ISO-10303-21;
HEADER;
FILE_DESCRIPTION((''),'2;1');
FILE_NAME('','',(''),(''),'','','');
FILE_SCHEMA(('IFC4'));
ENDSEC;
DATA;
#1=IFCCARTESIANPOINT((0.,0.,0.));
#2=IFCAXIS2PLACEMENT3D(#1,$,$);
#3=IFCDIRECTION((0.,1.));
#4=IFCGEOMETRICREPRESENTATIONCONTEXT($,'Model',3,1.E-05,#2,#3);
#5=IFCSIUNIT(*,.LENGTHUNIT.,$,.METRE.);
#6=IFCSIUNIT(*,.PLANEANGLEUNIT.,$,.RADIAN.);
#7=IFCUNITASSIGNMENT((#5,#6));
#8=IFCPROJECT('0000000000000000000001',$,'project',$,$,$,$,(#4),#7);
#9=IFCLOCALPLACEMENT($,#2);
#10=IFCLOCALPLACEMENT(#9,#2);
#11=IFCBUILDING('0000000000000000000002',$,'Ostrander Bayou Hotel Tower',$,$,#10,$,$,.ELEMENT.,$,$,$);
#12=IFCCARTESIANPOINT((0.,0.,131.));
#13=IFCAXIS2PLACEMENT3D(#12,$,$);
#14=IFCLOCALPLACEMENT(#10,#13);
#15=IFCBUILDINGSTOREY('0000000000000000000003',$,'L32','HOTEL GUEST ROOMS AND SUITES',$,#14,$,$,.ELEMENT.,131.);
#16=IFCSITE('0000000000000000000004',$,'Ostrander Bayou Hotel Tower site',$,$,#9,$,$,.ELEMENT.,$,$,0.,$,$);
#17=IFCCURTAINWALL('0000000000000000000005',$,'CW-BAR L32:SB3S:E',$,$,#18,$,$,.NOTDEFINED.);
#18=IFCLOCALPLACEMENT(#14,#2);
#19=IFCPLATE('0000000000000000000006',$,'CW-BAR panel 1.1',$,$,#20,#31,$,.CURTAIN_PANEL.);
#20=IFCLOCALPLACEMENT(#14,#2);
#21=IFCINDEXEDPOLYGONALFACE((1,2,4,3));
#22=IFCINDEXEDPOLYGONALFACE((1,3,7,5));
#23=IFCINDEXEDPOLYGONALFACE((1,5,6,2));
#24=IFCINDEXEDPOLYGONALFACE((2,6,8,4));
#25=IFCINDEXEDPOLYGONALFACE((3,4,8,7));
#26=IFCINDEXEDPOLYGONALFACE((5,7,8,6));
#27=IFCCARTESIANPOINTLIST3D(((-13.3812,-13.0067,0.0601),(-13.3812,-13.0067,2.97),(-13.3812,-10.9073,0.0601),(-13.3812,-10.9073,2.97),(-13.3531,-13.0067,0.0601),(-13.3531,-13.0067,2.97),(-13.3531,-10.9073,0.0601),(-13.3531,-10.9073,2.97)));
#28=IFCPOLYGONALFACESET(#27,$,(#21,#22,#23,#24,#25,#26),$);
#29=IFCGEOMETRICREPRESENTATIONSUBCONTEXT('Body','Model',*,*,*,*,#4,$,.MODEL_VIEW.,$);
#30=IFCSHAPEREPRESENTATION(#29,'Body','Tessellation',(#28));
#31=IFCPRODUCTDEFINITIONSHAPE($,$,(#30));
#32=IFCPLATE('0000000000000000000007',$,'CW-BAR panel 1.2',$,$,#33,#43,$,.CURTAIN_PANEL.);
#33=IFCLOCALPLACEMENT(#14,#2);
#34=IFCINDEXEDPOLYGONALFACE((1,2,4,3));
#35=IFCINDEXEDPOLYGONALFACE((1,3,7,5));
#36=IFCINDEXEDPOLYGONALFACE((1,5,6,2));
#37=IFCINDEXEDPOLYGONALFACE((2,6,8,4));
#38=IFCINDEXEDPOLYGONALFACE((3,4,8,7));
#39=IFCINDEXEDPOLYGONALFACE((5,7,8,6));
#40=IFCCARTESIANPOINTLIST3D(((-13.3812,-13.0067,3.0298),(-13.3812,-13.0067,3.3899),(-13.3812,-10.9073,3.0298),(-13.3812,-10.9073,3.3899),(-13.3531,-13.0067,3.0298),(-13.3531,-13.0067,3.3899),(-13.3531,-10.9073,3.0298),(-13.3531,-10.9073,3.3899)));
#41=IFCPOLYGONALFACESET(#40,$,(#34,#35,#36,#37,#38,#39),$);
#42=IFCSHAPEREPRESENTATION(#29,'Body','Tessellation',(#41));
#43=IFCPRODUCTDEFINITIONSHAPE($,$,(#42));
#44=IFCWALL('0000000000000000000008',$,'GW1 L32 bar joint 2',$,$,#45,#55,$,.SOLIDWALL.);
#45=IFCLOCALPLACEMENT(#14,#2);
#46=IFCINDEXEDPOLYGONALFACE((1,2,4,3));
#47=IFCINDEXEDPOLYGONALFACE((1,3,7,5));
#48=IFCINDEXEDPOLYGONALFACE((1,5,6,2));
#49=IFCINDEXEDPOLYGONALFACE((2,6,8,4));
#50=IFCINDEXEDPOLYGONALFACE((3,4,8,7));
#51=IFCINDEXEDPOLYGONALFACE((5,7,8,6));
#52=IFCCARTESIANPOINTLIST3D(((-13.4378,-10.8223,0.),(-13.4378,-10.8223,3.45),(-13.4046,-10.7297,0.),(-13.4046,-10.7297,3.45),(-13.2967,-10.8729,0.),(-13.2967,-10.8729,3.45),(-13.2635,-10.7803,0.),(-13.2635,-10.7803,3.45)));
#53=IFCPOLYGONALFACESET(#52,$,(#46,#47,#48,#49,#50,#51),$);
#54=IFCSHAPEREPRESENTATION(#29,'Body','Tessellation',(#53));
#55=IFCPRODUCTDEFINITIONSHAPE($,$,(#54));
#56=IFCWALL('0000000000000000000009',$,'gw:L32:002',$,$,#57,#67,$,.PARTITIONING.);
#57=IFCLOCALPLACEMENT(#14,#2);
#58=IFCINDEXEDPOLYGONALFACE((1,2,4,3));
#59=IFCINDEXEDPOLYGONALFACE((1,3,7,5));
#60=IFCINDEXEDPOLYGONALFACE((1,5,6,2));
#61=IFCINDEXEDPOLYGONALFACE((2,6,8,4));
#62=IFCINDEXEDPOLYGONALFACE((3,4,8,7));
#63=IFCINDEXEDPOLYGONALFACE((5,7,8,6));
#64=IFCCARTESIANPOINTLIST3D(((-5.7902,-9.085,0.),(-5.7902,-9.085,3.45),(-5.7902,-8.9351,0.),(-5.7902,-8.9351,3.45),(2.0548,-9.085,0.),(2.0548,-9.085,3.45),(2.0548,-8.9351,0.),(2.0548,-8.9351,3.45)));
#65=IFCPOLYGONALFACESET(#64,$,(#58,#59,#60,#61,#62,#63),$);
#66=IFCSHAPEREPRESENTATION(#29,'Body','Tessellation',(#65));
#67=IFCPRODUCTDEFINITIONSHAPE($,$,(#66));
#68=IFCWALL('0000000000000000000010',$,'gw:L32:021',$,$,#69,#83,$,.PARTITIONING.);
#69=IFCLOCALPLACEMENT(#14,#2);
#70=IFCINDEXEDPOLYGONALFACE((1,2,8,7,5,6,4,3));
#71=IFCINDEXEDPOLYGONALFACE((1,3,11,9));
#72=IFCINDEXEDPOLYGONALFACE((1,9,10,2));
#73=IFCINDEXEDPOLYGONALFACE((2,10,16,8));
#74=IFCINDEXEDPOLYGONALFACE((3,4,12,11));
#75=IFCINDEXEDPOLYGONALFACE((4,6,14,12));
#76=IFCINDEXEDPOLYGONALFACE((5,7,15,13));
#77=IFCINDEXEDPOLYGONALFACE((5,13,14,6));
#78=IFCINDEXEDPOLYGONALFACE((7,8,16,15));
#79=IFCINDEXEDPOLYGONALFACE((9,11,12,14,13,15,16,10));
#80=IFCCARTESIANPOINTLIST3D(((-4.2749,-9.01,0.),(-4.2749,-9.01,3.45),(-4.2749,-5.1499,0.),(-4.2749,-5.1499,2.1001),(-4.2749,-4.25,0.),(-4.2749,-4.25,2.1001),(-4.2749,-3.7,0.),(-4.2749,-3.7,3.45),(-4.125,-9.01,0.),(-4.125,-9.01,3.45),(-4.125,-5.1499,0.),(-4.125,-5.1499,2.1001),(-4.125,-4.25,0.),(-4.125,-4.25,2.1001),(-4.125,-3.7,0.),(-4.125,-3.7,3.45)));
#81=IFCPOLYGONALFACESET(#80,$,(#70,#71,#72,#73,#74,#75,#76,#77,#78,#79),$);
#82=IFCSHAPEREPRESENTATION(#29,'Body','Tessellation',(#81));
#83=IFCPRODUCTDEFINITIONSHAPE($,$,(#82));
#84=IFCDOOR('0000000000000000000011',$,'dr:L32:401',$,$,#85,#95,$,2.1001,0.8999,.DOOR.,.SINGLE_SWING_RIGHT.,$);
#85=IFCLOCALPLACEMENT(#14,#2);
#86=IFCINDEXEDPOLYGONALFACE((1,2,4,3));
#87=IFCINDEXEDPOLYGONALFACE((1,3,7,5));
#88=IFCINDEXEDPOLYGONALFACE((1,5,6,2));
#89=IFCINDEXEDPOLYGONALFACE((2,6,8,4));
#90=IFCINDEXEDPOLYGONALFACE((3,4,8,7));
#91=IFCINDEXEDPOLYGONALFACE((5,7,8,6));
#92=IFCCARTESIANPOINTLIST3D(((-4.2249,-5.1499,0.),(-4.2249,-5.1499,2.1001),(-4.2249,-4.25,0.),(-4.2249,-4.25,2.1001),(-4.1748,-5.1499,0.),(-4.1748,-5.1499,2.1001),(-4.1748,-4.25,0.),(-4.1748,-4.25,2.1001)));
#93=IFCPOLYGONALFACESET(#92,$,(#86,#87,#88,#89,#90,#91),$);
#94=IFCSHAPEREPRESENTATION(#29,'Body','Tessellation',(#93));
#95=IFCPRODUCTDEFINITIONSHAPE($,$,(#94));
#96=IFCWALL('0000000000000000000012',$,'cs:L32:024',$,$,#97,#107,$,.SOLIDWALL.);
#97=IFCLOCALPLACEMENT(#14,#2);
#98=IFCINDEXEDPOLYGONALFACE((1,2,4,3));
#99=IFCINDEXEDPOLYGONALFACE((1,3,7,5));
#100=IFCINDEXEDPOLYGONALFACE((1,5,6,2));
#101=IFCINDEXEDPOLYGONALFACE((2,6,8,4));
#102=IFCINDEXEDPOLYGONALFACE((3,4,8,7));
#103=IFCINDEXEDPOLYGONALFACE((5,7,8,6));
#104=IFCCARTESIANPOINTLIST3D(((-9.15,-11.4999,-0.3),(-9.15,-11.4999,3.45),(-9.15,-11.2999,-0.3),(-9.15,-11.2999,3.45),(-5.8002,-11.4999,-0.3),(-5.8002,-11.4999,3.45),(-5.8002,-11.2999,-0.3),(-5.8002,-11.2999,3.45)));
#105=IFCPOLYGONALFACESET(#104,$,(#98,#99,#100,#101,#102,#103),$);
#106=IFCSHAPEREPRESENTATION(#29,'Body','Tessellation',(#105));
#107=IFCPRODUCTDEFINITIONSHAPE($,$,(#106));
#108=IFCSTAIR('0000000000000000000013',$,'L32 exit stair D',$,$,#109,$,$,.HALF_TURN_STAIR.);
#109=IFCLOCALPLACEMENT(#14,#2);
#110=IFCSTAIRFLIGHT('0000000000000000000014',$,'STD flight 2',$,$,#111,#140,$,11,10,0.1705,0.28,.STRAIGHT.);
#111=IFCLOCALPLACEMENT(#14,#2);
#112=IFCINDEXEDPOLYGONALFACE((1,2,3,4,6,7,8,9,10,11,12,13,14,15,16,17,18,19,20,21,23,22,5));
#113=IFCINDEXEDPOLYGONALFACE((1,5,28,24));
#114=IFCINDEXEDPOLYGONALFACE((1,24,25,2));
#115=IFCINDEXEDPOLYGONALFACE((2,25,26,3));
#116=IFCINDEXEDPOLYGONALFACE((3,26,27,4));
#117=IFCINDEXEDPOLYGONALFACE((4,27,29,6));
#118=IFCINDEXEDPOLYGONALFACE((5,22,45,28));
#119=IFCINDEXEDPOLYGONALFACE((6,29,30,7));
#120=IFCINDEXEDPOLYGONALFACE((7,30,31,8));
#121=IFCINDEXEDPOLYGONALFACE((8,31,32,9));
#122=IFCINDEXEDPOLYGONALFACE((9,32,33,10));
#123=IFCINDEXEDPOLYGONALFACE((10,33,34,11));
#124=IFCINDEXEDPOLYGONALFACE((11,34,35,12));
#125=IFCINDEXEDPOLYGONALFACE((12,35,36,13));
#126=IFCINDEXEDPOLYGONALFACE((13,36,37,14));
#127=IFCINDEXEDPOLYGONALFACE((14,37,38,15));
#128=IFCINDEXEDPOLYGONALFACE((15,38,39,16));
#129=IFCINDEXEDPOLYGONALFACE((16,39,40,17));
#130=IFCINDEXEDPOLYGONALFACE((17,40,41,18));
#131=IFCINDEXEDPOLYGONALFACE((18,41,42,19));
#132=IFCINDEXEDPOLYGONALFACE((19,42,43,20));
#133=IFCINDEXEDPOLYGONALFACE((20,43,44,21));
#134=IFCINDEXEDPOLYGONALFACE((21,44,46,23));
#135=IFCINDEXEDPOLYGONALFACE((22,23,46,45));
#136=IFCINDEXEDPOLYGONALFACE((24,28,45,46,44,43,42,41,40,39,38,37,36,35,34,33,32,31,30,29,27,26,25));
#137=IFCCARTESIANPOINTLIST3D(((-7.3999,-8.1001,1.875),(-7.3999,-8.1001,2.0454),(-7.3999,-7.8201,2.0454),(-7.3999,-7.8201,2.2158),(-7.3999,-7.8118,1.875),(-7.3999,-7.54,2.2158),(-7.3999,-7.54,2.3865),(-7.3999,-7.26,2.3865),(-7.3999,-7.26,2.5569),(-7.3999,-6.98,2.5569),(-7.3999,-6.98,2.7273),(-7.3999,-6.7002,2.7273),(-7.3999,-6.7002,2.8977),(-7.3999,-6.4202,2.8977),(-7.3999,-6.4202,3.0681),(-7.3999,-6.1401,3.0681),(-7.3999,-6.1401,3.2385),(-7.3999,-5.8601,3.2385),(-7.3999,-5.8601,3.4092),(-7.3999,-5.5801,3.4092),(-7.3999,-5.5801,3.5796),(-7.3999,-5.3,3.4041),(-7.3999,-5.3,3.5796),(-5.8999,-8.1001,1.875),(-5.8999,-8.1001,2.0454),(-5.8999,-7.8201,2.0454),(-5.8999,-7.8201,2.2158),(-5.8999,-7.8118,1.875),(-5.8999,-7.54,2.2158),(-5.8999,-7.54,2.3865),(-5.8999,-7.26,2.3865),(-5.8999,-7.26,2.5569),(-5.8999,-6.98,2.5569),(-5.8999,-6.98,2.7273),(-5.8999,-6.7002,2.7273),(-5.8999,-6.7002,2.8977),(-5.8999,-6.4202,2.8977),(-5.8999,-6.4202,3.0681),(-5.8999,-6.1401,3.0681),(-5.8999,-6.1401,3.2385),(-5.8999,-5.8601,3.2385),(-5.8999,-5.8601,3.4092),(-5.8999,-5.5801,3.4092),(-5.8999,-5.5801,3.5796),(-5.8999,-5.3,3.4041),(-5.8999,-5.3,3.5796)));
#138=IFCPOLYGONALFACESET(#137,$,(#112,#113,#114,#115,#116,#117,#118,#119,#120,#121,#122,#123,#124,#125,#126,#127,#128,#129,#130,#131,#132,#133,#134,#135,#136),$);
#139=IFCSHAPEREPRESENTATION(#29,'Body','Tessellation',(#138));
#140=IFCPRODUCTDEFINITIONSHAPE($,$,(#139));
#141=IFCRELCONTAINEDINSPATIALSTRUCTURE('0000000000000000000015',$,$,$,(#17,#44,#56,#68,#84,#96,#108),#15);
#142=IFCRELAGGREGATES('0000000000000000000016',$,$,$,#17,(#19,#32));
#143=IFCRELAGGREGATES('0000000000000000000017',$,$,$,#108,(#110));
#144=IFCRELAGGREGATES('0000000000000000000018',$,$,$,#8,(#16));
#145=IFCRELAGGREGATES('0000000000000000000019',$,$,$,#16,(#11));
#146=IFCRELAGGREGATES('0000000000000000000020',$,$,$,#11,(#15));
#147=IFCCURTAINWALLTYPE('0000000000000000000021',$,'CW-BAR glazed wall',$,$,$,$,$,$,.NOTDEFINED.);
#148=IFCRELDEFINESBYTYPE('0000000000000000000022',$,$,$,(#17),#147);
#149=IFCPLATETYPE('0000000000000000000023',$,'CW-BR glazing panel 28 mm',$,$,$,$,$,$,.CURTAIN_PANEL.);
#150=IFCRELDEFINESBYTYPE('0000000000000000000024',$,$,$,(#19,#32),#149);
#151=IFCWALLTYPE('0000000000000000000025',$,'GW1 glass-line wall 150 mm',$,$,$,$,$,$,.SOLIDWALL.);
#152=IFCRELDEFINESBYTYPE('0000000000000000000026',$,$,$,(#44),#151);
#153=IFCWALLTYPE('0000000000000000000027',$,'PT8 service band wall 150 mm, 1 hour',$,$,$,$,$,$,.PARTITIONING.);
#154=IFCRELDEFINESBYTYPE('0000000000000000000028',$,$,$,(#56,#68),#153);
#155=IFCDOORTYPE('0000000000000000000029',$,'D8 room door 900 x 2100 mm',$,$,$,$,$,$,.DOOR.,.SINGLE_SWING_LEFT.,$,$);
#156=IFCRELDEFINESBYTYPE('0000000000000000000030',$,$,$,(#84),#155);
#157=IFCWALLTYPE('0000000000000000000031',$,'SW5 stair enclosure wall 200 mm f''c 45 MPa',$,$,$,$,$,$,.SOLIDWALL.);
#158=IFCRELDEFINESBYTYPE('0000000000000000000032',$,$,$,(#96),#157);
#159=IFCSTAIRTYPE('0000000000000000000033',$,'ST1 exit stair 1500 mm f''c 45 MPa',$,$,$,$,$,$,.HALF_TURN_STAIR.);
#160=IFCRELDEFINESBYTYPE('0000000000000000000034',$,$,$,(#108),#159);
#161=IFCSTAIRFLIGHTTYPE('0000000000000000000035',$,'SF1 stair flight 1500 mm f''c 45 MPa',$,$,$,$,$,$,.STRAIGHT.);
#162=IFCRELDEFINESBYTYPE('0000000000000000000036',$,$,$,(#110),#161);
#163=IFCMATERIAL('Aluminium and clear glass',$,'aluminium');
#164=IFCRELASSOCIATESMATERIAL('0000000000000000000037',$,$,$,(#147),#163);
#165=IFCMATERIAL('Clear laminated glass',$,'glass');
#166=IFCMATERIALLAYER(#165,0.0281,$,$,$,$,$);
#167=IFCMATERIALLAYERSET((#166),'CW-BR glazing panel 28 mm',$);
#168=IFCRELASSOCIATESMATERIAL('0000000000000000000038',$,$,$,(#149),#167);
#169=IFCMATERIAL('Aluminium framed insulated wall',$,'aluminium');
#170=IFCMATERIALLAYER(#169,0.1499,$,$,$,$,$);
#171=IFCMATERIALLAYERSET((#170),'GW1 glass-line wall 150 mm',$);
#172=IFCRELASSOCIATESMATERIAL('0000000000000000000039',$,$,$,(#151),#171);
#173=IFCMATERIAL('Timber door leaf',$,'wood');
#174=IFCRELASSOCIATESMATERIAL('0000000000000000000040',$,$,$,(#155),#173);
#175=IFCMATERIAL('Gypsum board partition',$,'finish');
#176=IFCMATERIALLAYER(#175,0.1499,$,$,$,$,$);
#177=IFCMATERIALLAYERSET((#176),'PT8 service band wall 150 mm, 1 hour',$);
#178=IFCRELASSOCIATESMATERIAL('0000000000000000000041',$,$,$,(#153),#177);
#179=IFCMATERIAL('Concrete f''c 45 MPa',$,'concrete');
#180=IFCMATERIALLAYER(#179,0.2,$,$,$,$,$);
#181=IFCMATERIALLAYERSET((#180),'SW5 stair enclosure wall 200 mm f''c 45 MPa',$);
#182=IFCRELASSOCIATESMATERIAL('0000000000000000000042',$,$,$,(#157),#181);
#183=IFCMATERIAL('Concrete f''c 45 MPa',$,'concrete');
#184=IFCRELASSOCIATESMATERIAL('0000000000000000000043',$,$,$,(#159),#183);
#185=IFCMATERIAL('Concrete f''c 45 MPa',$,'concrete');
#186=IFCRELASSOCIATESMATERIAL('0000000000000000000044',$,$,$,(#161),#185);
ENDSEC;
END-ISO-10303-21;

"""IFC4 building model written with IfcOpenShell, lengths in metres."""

from ifc_helpers import new_model, si_unit, direction, frame, frame_2d, origin, origin_2d, place, context, subcontext, project, spatial, polyline, rectangle, outline, extrude, material, layer, layer_set, type_object, element, fill, aggregate, save


model = new_model("IFC4")

# Units and contexts
model_context = context("Model", 3, precision=1e-05, world=origin(), true_north=direction((0.0, 1.0)))
body_context = subcontext(model_context, "Body", "Model", "MODEL_VIEW")
ifc_project = project(units=[si_unit("LENGTHUNIT", "METRE"), si_unit("PLANEANGLEUNIT", "RADIAN")], contexts=[model_context])

# Site, building, storey
site_placement = place(None, origin())
site = spatial("IfcSite", under=ifc_project, at=site_placement, Name="Ostrander Bayou Hotel Tower site", CompositionType="ELEMENT", RefElevation=0.0)
building_placement = place(site_placement, origin())
building = spatial("IfcBuilding", under=site, at=building_placement, Name="Ostrander Bayou Hotel Tower", CompositionType="ELEMENT")
storey_placement = place(building_placement, frame((0.0, 0.0, 131.0)))
storey = spatial("IfcBuildingStorey", under=building, at=storey_placement, Name="L32", Description="HOTEL GUEST ROOMS AND SUITES", CompositionType="ELEMENT", Elevation=131.0)

# Curtain wall, plates
ifc_material_1 = material(Name="Aluminium and clear glass", Category="aluminium")
curtain_wall_type = type_object("IfcCurtainWallType", Name="CW-BAR glazed wall", PredefinedType="NOTDEFINED", material=ifc_material_1)
curtain_wall_placement = place(storey_placement, origin())
curtain_wall = element("IfcCurtainWall", 1, at=curtain_wall_placement, inside=storey, type_object=curtain_wall_type, Name="CW-BAR L32:SB3S:E", PredefinedType="NOTDEFINED")
ifc_material_2 = material(Name="Clear laminated glass", Category="glass")
ifc_layer_1 = layer(ifc_material_2, 0.0281)
ifc_layer_set_1 = layer_set([ifc_layer_1], Name="CW-BR glazing panel 28 mm")
plate_type = type_object("IfcPlateType", Name="CW-BR glazing panel 28 mm", PredefinedType="CURTAIN_PANEL", material=ifc_layer_set_1)
plate_1_placement = place(storey_placement, frame((-13.3672, -11.957, 0.0601), z_axis=(0.0, 0.0, 1.0), x_axis=(0.0, -1.0, 0.0)))
plate_1 = element("IfcPlate", 2, at=plate_1_placement, type_object=plate_type, Name="CW-BAR panel 1.1", PredefinedType="CURTAIN_PANEL", context=body_context, shape_type="SweptSolid", body=[
    extrude(rectangle(XDim=2.0994, YDim=0.0281, at=origin_2d()), origin(), (0.0, 0.0, 1.0), 2.9099),
])
plate_2_placement = place(storey_placement, frame((-13.3672, -11.957, 3.0298), z_axis=(0.0, 0.0, 1.0), x_axis=(0.0, -1.0, 0.0)))
plate_2 = element("IfcPlate", 3, at=plate_2_placement, type_object=plate_type, Name="CW-BAR panel 1.2", PredefinedType="CURTAIN_PANEL", context=body_context, shape_type="SweptSolid", body=[
    extrude(rectangle(XDim=2.0994, YDim=0.0281, at=origin_2d()), origin(), (0.0, 0.0, 1.0), 0.3601),
])
aggregate(curtain_wall, [plate_1, plate_2])

# Wall
ifc_material_3 = material(Name="Aluminium framed insulated wall", Category="aluminium")
ifc_layer_2 = layer(ifc_material_3, 0.1499)
ifc_layer_set_2 = layer_set([ifc_layer_2], Name="GW1 glass-line wall 150 mm")
wall_type_1 = type_object("IfcWallType", Name="GW1 glass-line wall 150 mm", PredefinedType="SOLIDWALL", material=ifc_layer_set_2)
wall_1_placement = place(storey_placement, frame((-13.334, -10.7549, 0.0), z_axis=(0.0, 0.0, 1.0), x_axis=(-0.337752, -0.941235, 0.0)))
element("IfcWall", 4, at=wall_1_placement, inside=storey, type_object=wall_type_1, Name="GW1 L32 bar joint 2", PredefinedType="SOLIDWALL", context=body_context, shape_type="SweptSolid", body=[
    extrude(rectangle(XDim=0.0984, YDim=0.1499, at=frame_2d((0.0493, 0.0))), origin(), (0.0, 0.0, 1.0), 3.45),
])

# Shared definitions
ifc_material_4 = material(Name="Timber door leaf", Category="wood")
door_type_1 = type_object("IfcDoorType", Name="D8 room door 900 x 2100 mm", OperationType="SINGLE_SWING_LEFT", PredefinedType="DOOR", material=ifc_material_4)

# Wall
ifc_material_5 = material(Name="Gypsum board partition", Category="finish")
ifc_layer_3 = layer(ifc_material_5, 0.1499)
ifc_layer_set_3 = layer_set([ifc_layer_3], Name="PT8 service band wall 150 mm, 1 hour")
wall_type_2 = type_object("IfcWallType", Name="PT8 service band wall 150 mm, 1 hour", PredefinedType="PARTITIONING", material=ifc_layer_set_3)
wall_2_placement = place(storey_placement, frame((-5.79, -9.01, 0.0), z_axis=(0.0, 0.0, 1.0), x_axis=(1.0, 0.0, 0.0)))
element("IfcWall", 5, at=wall_2_placement, inside=storey, type_object=wall_type_2, Name="gw:L32:002", PredefinedType="PARTITIONING", context=body_context, shape_type="SweptSolid", body=[
    extrude(rectangle(XDim=7.845, YDim=0.1499, at=frame_2d((3.9224, 0.0))), origin(), (0.0, 0.0, 1.0), 3.45),
])

# Wall, opening, door
wall_3_placement = place(storey_placement, frame((-4.2, -9.01, 0.0), z_axis=(0.0, 0.0, 1.0), x_axis=(0.0, 1.0, 0.0)))
wall_3 = element("IfcWall", 6, at=wall_3_placement, inside=storey, type_object=wall_type_2, Name="gw:L32:021", PredefinedType="PARTITIONING", context=body_context, shape_type="SweptSolid", body=[
    extrude(rectangle(XDim=5.3101, YDim=0.1499, at=frame_2d((2.655, 0.0))), origin(), (0.0, 0.0, 1.0), 3.45),
])
opening_1_placement = place(wall_3_placement, frame((3.8601, 0.0, 0.0)))
opening_1 = element("IfcOpeningElement", 7, at=opening_1_placement, cuts=wall_3, PredefinedType="OPENING", context=body_context, shape_type="SweptSolid", body=[
    extrude(rectangle(XDim=0.8999, YDim=2.1001, at=frame_2d((0.45, 1.05))), frame((0.0, 0.075, 0.0), z_axis=(0.0, -1.0, 0.0), x_axis=(1.0, 0.0, 0.0)), (0.0, 0.0, 1.0), 0.1499),
])
door_1_placement = place(opening_1_placement, origin())
door_1 = element("IfcDoor", 8, at=door_1_placement, inside=storey, type_object=door_type_1, Name="dr:L32:401", OperationType="SINGLE_SWING_RIGHT", OverallHeight=2.1001, OverallWidth=0.8999, PredefinedType="DOOR", context=body_context, shape_type="SweptSolid", body=[
    extrude(rectangle(XDim=0.8999, YDim=2.1001, at=frame_2d((0.45, 1.05))), frame((0.0, 0.0249, 0.0), z_axis=(0.0, -1.0, 0.0), x_axis=(1.0, 0.0, 0.0)), (0.0, 0.0, 1.0), 0.05),
])
fill(opening_1, door_1)

# Wall
ifc_material_6 = material(Name="Concrete f'c 45 MPa", Category="concrete")
ifc_layer_4 = layer(ifc_material_6, 0.2)
ifc_layer_set_4 = layer_set([ifc_layer_4], Name="SW5 stair enclosure wall 200 mm f'c 45 MPa")
wall_type_3 = type_object("IfcWallType", Name="SW5 stair enclosure wall 200 mm f'c 45 MPa", PredefinedType="SOLIDWALL", material=ifc_layer_set_4)
wall_4_placement = place(storey_placement, frame((-9.1499, -11.3999, -0.3), z_axis=(0.0, 0.0, 1.0), x_axis=(1.0, 0.0, 0.0)))
element("IfcWall", 9, at=wall_4_placement, inside=storey, type_object=wall_type_3, Name="cs:L32:024", PredefinedType="SOLIDWALL", context=body_context, shape_type="SweptSolid", body=[
    extrude(rectangle(XDim=3.3499, YDim=0.2, at=frame_2d((1.6748, 0.0))), origin(), (0.0, 0.0, 1.0), 3.75),
])

# Stair, stair flight
ifc_material_7 = material(Name="Concrete f'c 45 MPa", Category="concrete")
stair_type = type_object("IfcStairType", Name="ST1 exit stair 1500 mm f'c 45 MPa", PredefinedType="HALF_TURN_STAIR", material=ifc_material_7)
stair_placement = place(storey_placement, origin())
stair = element("IfcStair", 10, at=stair_placement, inside=storey, type_object=stair_type, Name="L32 exit stair D", PredefinedType="HALF_TURN_STAIR")
ifc_material_8 = material(Name="Concrete f'c 45 MPa", Category="concrete")
stair_flight_type = type_object("IfcStairFlightType", Name="SF1 stair flight 1500 mm f'c 45 MPa", PredefinedType="STRAIGHT", material=ifc_material_8)
stair_flight_placement = place(storey_placement, frame((-6.6499, -8.1001, 1.875), z_axis=(0.0, 0.0, 1.0), x_axis=(0.0, 1.0, 0.0)))
stair_flight = element("IfcStairFlight", 11, at=stair_flight_placement, type_object=stair_flight_type, Name="STD flight 2", NumberOfRisers=11, NumberOfTreads=10, PredefinedType="STRAIGHT", RiserHeight=0.1705, TreadLength=0.28, context=body_context, shape_type="SweptSolid", body=[
    extrude(outline(polyline([(0.0, 0.0), (0.0, 0.1704), (0.28, 0.1704), (0.28, 0.3408), (0.5601, 0.3408), (0.5601, 0.5115), (0.8401, 0.5115), (0.8401, 0.6819), (1.1201, 0.6819), (1.1201, 0.8523), (1.3999, 0.8523), (1.3999, 1.0227), (1.6799, 1.0227), (1.6799, 1.1931), (1.96, 1.1931), (1.96, 1.3635), (2.24, 1.3635), (2.24, 1.5342), (2.52, 1.5342), (2.52, 1.7046), (2.8, 1.7046), (2.8, 1.875), (2.8, 1.5291), (0.2883, 0.0), (0.0, 0.0)])), frame((0.0, 0.75, 0.0), z_axis=(0.0, -1.0, 0.0), x_axis=(1.0, 0.0, 0.0)), (0.0, 0.0, 1.0), 1.5),
])
aggregate(stair, [stair_flight])

save(model, "model.ifc")
